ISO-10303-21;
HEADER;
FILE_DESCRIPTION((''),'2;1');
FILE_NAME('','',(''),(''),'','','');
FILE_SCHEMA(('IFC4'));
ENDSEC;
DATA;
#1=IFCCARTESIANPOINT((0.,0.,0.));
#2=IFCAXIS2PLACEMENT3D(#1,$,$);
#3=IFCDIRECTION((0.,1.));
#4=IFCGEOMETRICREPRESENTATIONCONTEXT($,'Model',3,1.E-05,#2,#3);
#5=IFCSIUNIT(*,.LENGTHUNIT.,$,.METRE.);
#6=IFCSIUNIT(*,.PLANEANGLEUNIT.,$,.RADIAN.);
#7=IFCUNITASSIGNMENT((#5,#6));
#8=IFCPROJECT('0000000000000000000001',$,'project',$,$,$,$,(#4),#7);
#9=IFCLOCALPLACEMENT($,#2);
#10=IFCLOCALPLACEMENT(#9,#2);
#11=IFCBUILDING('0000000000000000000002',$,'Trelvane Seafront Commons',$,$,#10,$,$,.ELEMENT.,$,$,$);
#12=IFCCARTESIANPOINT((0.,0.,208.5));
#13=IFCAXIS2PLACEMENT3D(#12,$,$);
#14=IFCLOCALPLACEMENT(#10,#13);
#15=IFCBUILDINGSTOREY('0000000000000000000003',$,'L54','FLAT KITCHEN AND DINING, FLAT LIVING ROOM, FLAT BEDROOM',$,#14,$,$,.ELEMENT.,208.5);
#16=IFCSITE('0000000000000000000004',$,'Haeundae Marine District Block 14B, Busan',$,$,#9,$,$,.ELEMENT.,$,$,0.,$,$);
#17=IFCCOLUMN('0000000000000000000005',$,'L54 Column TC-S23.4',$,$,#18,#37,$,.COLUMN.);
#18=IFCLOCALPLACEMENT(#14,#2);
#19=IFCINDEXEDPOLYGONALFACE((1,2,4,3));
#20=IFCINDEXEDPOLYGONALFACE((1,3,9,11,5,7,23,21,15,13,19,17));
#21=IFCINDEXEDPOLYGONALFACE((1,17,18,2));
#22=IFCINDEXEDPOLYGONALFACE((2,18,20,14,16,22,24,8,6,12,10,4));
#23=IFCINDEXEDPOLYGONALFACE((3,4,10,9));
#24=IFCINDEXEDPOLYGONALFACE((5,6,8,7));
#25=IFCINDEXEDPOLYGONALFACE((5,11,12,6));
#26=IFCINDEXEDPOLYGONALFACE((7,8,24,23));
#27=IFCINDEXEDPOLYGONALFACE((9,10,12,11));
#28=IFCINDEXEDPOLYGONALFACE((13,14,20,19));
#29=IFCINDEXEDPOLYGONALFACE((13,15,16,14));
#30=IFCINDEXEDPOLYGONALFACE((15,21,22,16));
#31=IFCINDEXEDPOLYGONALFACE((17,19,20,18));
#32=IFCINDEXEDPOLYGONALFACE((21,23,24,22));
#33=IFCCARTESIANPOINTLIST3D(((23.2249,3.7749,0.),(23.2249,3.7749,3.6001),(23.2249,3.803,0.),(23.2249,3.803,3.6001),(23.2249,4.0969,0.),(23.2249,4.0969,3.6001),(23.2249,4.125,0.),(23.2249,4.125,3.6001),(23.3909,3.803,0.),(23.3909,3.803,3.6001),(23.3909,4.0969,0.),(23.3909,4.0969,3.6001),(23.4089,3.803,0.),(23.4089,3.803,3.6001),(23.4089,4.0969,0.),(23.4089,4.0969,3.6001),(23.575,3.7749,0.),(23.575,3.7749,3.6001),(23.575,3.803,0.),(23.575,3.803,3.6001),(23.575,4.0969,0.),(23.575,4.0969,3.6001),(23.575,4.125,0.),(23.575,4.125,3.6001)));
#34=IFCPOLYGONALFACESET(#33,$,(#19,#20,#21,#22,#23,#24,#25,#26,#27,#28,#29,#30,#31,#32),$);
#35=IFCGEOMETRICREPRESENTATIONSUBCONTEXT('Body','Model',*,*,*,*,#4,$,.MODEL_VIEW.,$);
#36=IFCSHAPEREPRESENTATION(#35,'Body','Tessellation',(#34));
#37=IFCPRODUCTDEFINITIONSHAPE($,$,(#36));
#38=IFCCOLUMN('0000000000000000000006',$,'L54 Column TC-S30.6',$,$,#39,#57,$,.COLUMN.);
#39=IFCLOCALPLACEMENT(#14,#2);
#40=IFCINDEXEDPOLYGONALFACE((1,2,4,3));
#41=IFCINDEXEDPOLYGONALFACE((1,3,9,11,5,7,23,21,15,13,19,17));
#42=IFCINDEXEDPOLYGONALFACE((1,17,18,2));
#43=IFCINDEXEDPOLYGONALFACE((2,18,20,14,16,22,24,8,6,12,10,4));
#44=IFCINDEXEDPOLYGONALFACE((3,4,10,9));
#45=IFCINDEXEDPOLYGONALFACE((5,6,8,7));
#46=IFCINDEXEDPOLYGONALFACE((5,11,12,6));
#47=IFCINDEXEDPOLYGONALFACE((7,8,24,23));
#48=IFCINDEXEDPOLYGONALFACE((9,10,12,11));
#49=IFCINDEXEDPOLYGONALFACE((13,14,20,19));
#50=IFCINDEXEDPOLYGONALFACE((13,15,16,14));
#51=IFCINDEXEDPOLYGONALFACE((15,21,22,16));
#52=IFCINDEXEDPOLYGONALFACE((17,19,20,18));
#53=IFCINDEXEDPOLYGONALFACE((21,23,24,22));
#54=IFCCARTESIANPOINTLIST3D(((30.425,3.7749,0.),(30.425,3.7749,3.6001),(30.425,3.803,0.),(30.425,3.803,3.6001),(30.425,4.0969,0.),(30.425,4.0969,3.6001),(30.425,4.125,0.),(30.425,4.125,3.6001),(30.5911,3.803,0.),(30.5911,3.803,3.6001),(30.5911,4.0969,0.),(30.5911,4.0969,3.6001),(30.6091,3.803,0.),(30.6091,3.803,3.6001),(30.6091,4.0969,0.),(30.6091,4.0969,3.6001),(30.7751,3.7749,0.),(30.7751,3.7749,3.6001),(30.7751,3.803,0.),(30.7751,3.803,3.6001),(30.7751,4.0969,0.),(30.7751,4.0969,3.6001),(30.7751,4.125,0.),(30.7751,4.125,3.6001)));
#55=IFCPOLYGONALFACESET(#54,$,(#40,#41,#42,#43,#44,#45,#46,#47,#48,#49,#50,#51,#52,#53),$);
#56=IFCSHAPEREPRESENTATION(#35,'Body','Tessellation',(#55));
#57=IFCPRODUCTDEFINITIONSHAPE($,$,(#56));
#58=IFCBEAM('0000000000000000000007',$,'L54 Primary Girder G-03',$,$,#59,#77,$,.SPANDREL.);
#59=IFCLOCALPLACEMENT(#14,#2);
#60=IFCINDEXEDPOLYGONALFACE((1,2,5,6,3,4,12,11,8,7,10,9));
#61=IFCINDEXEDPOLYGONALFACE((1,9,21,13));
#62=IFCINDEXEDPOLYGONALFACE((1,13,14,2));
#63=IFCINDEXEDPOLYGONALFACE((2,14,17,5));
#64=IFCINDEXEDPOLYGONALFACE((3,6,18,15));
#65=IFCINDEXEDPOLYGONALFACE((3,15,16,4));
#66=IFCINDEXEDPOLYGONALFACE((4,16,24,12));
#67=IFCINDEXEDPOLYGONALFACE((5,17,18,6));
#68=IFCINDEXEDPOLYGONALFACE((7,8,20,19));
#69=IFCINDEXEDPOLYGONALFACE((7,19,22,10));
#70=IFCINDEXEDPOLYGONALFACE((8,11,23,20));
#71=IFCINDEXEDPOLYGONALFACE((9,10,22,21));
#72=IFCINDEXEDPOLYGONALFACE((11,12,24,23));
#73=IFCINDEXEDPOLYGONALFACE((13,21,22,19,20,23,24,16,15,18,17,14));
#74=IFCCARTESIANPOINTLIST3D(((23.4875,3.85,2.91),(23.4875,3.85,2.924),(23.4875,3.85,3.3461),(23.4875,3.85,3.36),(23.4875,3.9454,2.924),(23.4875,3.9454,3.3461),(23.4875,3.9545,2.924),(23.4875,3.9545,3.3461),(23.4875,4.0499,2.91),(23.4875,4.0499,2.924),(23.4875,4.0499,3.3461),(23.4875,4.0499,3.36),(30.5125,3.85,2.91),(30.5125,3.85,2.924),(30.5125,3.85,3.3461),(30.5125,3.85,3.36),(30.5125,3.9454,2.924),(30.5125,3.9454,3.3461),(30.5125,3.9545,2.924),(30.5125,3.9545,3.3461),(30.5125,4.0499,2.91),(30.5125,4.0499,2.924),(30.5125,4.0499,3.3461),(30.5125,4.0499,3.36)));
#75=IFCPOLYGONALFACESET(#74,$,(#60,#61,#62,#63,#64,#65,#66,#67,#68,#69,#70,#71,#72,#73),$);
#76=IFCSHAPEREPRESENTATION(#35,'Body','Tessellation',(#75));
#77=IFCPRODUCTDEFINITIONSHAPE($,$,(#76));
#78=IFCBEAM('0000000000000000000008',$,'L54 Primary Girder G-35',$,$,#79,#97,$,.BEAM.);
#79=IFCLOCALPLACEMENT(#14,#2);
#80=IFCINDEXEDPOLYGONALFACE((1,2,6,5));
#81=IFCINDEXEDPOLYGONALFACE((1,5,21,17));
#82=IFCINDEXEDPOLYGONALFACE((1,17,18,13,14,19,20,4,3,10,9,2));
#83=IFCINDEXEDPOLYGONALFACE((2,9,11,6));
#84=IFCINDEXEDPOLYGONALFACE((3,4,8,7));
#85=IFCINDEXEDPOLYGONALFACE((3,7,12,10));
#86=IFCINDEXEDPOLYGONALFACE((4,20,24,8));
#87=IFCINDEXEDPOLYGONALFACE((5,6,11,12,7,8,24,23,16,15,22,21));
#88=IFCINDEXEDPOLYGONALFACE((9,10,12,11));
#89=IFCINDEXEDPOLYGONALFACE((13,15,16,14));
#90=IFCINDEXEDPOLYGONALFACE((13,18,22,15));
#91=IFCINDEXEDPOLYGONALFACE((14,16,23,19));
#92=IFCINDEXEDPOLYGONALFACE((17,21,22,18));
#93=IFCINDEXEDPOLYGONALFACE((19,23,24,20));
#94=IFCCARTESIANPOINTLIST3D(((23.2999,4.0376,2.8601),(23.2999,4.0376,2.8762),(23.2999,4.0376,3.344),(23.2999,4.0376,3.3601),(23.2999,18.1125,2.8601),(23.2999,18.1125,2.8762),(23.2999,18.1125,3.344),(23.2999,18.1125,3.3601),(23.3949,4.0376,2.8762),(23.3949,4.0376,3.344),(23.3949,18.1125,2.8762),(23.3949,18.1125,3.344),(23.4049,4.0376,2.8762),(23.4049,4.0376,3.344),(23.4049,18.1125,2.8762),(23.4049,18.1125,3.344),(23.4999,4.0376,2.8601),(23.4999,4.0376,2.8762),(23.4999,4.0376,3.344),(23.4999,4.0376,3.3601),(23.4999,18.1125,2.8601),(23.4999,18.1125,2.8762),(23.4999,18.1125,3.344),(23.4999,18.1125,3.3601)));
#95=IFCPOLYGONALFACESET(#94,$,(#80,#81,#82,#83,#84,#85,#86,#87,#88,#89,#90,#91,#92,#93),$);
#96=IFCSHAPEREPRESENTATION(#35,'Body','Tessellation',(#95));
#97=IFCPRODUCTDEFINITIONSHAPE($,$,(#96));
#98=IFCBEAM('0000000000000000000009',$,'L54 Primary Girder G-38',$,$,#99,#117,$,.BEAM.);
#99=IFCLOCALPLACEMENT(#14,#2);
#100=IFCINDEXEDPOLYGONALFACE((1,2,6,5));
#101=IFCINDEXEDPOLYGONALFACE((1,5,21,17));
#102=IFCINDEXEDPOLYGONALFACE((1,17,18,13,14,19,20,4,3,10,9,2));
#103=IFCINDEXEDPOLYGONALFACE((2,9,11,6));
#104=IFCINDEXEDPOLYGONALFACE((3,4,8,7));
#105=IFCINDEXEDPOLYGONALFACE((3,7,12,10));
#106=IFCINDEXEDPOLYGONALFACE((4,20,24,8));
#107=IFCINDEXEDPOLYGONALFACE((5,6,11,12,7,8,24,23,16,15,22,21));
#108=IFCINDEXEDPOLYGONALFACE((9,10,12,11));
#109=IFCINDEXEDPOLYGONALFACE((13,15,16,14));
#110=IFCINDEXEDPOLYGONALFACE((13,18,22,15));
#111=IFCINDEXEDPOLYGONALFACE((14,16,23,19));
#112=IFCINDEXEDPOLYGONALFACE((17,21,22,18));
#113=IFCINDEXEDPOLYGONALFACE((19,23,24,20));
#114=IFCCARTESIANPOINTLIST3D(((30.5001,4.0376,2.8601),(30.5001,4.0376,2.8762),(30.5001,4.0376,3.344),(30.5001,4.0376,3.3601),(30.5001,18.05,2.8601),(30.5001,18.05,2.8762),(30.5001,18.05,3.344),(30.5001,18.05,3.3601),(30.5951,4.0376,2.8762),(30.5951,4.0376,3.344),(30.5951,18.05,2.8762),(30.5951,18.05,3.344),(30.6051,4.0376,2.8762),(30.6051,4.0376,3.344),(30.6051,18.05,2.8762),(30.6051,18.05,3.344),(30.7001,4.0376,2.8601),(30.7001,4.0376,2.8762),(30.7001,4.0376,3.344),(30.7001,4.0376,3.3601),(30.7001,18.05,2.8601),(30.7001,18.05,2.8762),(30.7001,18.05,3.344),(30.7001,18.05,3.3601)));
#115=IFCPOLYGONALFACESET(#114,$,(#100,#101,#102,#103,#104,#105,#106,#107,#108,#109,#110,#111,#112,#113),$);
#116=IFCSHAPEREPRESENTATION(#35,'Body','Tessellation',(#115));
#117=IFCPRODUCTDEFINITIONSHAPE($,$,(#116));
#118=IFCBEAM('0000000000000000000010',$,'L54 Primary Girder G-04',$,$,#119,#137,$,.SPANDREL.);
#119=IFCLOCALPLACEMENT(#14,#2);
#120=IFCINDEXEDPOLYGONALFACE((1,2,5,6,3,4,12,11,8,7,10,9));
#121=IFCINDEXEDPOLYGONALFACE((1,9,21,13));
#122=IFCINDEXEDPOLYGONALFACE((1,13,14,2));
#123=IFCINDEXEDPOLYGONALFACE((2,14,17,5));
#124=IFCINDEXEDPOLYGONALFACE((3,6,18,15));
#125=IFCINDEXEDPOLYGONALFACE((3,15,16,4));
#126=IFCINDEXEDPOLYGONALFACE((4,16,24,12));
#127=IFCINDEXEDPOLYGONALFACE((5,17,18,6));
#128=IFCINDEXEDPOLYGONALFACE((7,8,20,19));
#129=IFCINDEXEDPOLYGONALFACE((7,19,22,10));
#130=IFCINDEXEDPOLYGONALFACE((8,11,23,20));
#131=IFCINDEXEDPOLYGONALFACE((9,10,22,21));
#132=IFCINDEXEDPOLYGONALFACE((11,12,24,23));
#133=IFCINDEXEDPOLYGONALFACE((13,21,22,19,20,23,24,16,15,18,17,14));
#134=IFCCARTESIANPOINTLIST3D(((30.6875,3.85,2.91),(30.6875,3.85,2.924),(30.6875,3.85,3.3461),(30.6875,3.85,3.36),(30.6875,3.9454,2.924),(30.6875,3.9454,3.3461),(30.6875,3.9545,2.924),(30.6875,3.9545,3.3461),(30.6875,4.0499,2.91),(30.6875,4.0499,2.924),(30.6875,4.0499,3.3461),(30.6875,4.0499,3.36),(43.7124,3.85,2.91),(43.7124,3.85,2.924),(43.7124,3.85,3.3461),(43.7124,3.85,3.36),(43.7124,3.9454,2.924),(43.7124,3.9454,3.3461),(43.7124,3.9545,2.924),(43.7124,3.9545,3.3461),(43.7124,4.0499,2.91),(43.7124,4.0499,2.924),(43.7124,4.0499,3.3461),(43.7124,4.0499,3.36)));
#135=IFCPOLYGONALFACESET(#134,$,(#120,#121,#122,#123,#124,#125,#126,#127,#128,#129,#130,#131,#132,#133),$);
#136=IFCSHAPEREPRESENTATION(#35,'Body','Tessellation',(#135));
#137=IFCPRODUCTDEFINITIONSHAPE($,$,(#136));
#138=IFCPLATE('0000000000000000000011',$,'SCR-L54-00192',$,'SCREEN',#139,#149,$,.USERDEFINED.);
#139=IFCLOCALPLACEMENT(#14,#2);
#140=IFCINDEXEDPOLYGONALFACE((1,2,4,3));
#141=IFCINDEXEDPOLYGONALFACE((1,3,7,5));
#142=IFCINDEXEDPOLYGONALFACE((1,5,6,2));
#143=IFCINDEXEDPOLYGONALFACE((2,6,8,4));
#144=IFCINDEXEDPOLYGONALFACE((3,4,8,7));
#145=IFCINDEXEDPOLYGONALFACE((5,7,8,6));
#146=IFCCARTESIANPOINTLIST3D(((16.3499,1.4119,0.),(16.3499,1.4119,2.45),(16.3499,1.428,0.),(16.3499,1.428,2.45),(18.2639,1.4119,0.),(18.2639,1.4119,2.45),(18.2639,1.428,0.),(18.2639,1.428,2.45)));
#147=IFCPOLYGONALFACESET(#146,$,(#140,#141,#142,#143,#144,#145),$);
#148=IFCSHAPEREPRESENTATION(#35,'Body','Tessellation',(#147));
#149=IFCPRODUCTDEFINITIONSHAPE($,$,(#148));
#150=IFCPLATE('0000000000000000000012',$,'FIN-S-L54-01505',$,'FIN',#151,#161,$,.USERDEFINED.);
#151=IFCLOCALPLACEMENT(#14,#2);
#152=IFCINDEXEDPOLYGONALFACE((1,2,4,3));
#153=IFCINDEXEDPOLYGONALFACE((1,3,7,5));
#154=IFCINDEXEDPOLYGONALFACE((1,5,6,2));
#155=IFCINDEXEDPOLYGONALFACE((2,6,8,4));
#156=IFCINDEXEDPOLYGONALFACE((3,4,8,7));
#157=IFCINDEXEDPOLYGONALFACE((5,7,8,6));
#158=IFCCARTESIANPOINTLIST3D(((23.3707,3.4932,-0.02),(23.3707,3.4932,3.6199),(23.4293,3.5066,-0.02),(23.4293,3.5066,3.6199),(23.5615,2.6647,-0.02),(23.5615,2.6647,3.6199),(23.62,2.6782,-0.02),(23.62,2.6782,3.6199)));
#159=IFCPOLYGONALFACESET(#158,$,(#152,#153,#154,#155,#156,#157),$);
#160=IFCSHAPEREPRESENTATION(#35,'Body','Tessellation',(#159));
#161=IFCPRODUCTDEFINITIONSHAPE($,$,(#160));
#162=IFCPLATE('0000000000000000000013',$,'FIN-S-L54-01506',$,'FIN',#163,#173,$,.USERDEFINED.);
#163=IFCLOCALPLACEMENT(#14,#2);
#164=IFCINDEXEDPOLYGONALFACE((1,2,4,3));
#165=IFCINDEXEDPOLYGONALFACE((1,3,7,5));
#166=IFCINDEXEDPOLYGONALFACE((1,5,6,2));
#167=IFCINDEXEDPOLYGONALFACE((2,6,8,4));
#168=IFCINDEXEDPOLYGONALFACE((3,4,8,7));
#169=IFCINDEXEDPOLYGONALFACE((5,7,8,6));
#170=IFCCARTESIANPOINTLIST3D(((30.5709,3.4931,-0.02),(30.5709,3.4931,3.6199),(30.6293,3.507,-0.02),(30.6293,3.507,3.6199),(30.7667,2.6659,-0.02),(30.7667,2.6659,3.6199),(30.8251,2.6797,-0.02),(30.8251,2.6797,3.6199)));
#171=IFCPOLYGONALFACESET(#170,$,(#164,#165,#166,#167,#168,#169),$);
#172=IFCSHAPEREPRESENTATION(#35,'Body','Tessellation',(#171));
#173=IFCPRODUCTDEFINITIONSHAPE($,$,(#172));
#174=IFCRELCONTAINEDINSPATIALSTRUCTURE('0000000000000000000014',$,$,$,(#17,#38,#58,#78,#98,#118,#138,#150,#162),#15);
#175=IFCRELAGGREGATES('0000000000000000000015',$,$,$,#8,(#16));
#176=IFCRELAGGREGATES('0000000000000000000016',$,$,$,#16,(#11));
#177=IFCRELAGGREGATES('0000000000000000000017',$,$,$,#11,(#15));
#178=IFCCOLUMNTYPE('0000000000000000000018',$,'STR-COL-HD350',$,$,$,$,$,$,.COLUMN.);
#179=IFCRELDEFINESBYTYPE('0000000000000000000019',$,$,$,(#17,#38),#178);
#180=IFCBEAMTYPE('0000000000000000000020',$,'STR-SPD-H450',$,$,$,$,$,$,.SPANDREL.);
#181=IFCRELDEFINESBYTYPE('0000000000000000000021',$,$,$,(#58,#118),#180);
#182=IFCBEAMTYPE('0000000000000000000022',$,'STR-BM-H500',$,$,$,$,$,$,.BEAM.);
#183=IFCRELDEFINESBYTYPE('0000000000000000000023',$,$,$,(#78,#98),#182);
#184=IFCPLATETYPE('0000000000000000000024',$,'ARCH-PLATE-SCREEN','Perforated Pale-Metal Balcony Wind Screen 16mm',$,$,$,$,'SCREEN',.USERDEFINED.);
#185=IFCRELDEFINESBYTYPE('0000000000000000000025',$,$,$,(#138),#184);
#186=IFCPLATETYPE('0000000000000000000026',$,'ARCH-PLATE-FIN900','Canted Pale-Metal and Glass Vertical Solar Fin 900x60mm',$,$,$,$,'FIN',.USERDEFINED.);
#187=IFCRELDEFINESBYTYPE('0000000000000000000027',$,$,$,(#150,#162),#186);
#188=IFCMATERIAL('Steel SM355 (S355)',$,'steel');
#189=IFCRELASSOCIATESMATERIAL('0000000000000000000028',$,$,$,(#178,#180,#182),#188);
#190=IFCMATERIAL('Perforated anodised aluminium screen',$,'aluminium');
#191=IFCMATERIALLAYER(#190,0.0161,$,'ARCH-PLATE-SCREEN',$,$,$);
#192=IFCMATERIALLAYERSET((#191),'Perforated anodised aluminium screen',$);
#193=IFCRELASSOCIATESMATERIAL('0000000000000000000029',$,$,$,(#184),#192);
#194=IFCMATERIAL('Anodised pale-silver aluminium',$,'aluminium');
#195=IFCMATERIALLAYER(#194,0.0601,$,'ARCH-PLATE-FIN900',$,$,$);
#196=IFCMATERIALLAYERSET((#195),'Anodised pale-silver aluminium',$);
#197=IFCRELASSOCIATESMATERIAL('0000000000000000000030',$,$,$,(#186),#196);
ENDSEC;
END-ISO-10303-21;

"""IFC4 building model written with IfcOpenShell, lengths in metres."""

from ifc_helpers import new_model, si_unit, direction, frame, origin, origin_2d, place, context, subcontext, project, spatial, rectangle, i_section, extrude, source, transform, mapped, material, layer, layer_set, material_profile, profile_set, type_object, element, save


model = new_model("IFC4")

# Units and contexts
model_context = context("Model", 3, precision=1e-05, world=origin(), true_north=direction((0.0, 1.0)))
body_context = subcontext(model_context, "Body", "Model", "MODEL_VIEW")
ifc_project = project(units=[si_unit("LENGTHUNIT", "METRE"), si_unit("PLANEANGLEUNIT", "RADIAN")], contexts=[model_context])

# Site, building, storey
site_placement = place(None, origin())
site = spatial("IfcSite", under=ifc_project, at=site_placement, Name="Haeundae Marine District Block 14B, Busan", CompositionType="ELEMENT", RefElevation=0.0)
building_placement = place(site_placement, origin())
building = spatial("IfcBuilding", under=site, at=building_placement, Name="Trelvane Seafront Commons", CompositionType="ELEMENT")
storey_placement = place(building_placement, frame((0.0, 0.0, 208.5)))
storey = spatial("IfcBuildingStorey", under=building, at=storey_placement, Name="L54", Description="FLAT KITCHEN AND DINING, FLAT LIVING ROOM, FLAT BEDROOM", CompositionType="ELEMENT", Elevation=208.5)

# Columns
ifc_material_1 = material(Name="Steel SM355 (S355)", Category="steel")
ifc_material_profile_1 = material_profile(ifc_material_1, i_section(OverallWidth=0.3501, OverallDepth=0.3501, WebThickness=0.0181, FlangeThickness=0.0281, at=origin_2d()), Name="HD-350x350x18x28")
ifc_profile_set_1 = profile_set([ifc_material_profile_1], Name="Steel SM355 (S355)")
column_type = type_object("IfcColumnType", Name="STR-COL-HD350", PredefinedType="COLUMN", material=ifc_profile_set_1)
shared_shape_1 = source(origin(), body_context, "Body", "SweptSolid", [
    extrude(i_section(OverallWidth=0.3501, OverallDepth=0.3501, WebThickness=0.0181, FlangeThickness=0.0281, at=origin_2d()), origin(), (0.0, 0.0, 1.0), 3.6001),
])
for number, where, z_axis, x_axis, name in (
    (1, (23.3999, 3.95, 0.0), (0.0, 0.0, 1.0), (1.0, 0.0, 0.0), "L54 Column TC-S23.4"),
    (2, (30.6001, 3.95, 0.0), (0.0, 0.0, 1.0), (1.0, 0.0, 0.0), "L54 Column TC-S30.6"),
):
    element("IfcColumn", number, at=place(storey_placement, frame(where, z_axis=z_axis, x_axis=x_axis)), inside=storey, type_object=column_type, Name=name, PredefinedType="COLUMN", context=body_context, shape_type="MappedRepresentation", body=[
        mapped(shared_shape_1, transform((0.0, 0.0, 0.0), x_axis=(1.0, 0.0, 0.0), y_axis=(0.0, 1.0, 0.0), z_axis=(0.0, 0.0, 1.0), scale=1.0)),
    ])

# Beams
ifc_material_profile_2 = material_profile(ifc_material_1, i_section(OverallWidth=0.2, OverallDepth=0.45, WebThickness=0.009, FlangeThickness=0.0139, at=origin_2d()), Name="H-450x200x9x14")
ifc_profile_set_2 = profile_set([ifc_material_profile_2], Name="Steel SM355 (S355)")
beam_type_1 = type_object("IfcBeamType", Name="STR-SPD-H450", PredefinedType="SPANDREL", material=ifc_profile_set_2)
shared_shape_2 = source(origin(), body_context, "Body", "SweptSolid", [
    extrude(i_section(OverallWidth=0.2, OverallDepth=0.45, WebThickness=0.009, FlangeThickness=0.0139, at=origin_2d()), origin(), (0.0, 0.0, 1.0), 7.0249),
])
beam_1_placement = place(storey_placement, frame((23.4875, 3.95, 3.135), z_axis=(1.0, 0.0, 0.0), x_axis=(0.0, 1.0, 0.0)))
element("IfcBeam", 3, at=beam_1_placement, inside=storey, type_object=beam_type_1, Name="L54 Primary Girder G-03", PredefinedType="SPANDREL", context=body_context, shape_type="MappedRepresentation", body=[
    mapped(shared_shape_2, transform((0.0, 0.0, 0.0), x_axis=(1.0, 0.0, 0.0), y_axis=(0.0, 1.0, 0.0), z_axis=(0.0, 0.0, 1.0), scale=1.0)),
])
ifc_material_profile_3 = material_profile(ifc_material_1, i_section(OverallWidth=0.2, OverallDepth=0.5, WebThickness=0.01, FlangeThickness=0.0161, at=origin_2d()), Name="H-500x200x10x16")
ifc_profile_set_3 = profile_set([ifc_material_profile_3], Name="Steel SM355 (S355)")
beam_type_2 = type_object("IfcBeamType", Name="STR-BM-H500", PredefinedType="BEAM", material=ifc_profile_set_3)
shared_shape_3 = source(origin(), body_context, "Body", "SweptSolid", [
    extrude(i_section(OverallWidth=0.2, OverallDepth=0.5, WebThickness=0.01, FlangeThickness=0.0161, at=origin_2d()), origin(), (0.0, 0.0, 1.0), 14.075),
])
beam_2_placement = place(storey_placement, frame((23.3999, 4.0376, 3.1101), z_axis=(0.0, 1.0, 0.0), x_axis=(-1.0, 0.0, 0.0)))
element("IfcBeam", 4, at=beam_2_placement, inside=storey, type_object=beam_type_2, Name="L54 Primary Girder G-35", PredefinedType="BEAM", context=body_context, shape_type="MappedRepresentation", body=[
    mapped(shared_shape_3, transform((0.0, 0.0, 0.0), x_axis=(1.0, 0.0, 0.0), y_axis=(0.0, 1.0, 0.0), z_axis=(0.0, 0.0, 1.0), scale=1.0)),
])
shared_shape_4 = source(origin(), body_context, "Body", "SweptSolid", [
    extrude(i_section(OverallWidth=0.2, OverallDepth=0.5, WebThickness=0.01, FlangeThickness=0.0161, at=origin_2d()), origin(), (0.0, 0.0, 1.0), 14.0125),
])
beam_3_placement = place(storey_placement, frame((30.6001, 4.0376, 3.1101), z_axis=(0.0, 1.0, 0.0), x_axis=(-1.0, 0.0, 0.0)))
element("IfcBeam", 5, at=beam_3_placement, inside=storey, type_object=beam_type_2, Name="L54 Primary Girder G-38", PredefinedType="BEAM", context=body_context, shape_type="MappedRepresentation", body=[
    mapped(shared_shape_4, transform((0.0, 0.0, 0.0), x_axis=(1.0, 0.0, 0.0), y_axis=(0.0, 1.0, 0.0), z_axis=(0.0, 0.0, 1.0), scale=1.0)),
])
shared_shape_5 = source(origin(), body_context, "Body", "SweptSolid", [
    extrude(i_section(OverallWidth=0.2, OverallDepth=0.45, WebThickness=0.009, FlangeThickness=0.0139, at=origin_2d()), origin(), (0.0, 0.0, 1.0), 13.0249),
])
beam_4_placement = place(storey_placement, frame((30.6875, 3.95, 3.135), z_axis=(1.0, 0.0, 0.0), x_axis=(0.0, 1.0, 0.0)))
element("IfcBeam", 6, at=beam_4_placement, inside=storey, type_object=beam_type_1, Name="L54 Primary Girder G-04", PredefinedType="SPANDREL", context=body_context, shape_type="MappedRepresentation", body=[
    mapped(shared_shape_5, transform((0.0, 0.0, 0.0), x_axis=(1.0, 0.0, 0.0), y_axis=(0.0, 1.0, 0.0), z_axis=(0.0, 0.0, 1.0), scale=1.0)),
])

# Plates
ifc_material_2 = material(Name="Perforated anodised aluminium screen", Category="aluminium")
ifc_layer_1 = layer(ifc_material_2, 0.0161, Name="ARCH-PLATE-SCREEN")
ifc_layer_set_1 = layer_set([ifc_layer_1], Name="Perforated anodised aluminium screen")
plate_type_1 = type_object("IfcPlateType", Name="ARCH-PLATE-SCREEN", Description="Perforated Pale-Metal Balcony Wind Screen 16mm", ElementType="SCREEN", PredefinedType="USERDEFINED", material=ifc_layer_set_1)
shared_shape_6 = source(origin(), body_context, "Body", "SweptSolid", [
    extrude(rectangle(XDim=1.9141, YDim=0.0161, at=origin_2d()), origin(), (0.0, 0.0, 1.0), 2.45),
])
plate_placement = place(storey_placement, frame((17.3069, 1.4199, 0.0), z_axis=(0.0, 0.0, 1.0), x_axis=(1.0, 0.0, 0.0)))
element("IfcPlate", 7, at=plate_placement, inside=storey, type_object=plate_type_1, Name="SCR-L54-00192", ObjectType="SCREEN", PredefinedType="USERDEFINED", context=body_context, shape_type="MappedRepresentation", body=[
    mapped(shared_shape_6, transform((0.0, 0.0, 0.0), x_axis=(1.0, 0.0, 0.0), y_axis=(0.0, 1.0, 0.0), z_axis=(0.0, 0.0, 1.0), scale=1.0)),
])
ifc_material_3 = material(Name="Anodised pale-silver aluminium", Category="aluminium")
ifc_layer_2 = layer(ifc_material_3, 0.0601, Name="ARCH-PLATE-FIN900")
ifc_layer_set_2 = layer_set([ifc_layer_2], Name="Anodised pale-silver aluminium")
plate_type_2 = type_object("IfcPlateType", Name="ARCH-PLATE-FIN900", Description="Canted Pale-Metal and Glass Vertical Solar Fin 900x60mm", ElementType="FIN", PredefinedType="USERDEFINED", material=ifc_layer_set_2)
shared_shape_7 = source(origin(), body_context, "Body", "SweptSolid", [
    extrude(rectangle(XDim=0.8501, YDim=0.0601, at=origin_2d()), origin(), (0.0, 0.0, 1.0), 3.6399),
])
for number, where, z_axis, x_axis, name in (
    (8, (23.4954, 3.0857, -0.02), (0.0, 0.0, 1.0), (0.224361, -0.974506, 0.0), "FIN-S-L54-01505"),
    (9, (30.698, 3.0864, -0.02), (0.0, 0.0, 1.0), (0.230364, -0.973105, 0.0), "FIN-S-L54-01506"),
):
    element("IfcPlate", number, at=place(storey_placement, frame(where, z_axis=z_axis, x_axis=x_axis)), inside=storey, type_object=plate_type_2, Name=name, ObjectType="FIN", PredefinedType="USERDEFINED", context=body_context, shape_type="MappedRepresentation", body=[
        mapped(shared_shape_7, transform((0.0, 0.0, 0.0), x_axis=(1.0, 0.0, 0.0), y_axis=(0.0, 1.0, 0.0), z_axis=(0.0, 0.0, 1.0), scale=1.0)),
    ])

save(model, "model.ifc")
